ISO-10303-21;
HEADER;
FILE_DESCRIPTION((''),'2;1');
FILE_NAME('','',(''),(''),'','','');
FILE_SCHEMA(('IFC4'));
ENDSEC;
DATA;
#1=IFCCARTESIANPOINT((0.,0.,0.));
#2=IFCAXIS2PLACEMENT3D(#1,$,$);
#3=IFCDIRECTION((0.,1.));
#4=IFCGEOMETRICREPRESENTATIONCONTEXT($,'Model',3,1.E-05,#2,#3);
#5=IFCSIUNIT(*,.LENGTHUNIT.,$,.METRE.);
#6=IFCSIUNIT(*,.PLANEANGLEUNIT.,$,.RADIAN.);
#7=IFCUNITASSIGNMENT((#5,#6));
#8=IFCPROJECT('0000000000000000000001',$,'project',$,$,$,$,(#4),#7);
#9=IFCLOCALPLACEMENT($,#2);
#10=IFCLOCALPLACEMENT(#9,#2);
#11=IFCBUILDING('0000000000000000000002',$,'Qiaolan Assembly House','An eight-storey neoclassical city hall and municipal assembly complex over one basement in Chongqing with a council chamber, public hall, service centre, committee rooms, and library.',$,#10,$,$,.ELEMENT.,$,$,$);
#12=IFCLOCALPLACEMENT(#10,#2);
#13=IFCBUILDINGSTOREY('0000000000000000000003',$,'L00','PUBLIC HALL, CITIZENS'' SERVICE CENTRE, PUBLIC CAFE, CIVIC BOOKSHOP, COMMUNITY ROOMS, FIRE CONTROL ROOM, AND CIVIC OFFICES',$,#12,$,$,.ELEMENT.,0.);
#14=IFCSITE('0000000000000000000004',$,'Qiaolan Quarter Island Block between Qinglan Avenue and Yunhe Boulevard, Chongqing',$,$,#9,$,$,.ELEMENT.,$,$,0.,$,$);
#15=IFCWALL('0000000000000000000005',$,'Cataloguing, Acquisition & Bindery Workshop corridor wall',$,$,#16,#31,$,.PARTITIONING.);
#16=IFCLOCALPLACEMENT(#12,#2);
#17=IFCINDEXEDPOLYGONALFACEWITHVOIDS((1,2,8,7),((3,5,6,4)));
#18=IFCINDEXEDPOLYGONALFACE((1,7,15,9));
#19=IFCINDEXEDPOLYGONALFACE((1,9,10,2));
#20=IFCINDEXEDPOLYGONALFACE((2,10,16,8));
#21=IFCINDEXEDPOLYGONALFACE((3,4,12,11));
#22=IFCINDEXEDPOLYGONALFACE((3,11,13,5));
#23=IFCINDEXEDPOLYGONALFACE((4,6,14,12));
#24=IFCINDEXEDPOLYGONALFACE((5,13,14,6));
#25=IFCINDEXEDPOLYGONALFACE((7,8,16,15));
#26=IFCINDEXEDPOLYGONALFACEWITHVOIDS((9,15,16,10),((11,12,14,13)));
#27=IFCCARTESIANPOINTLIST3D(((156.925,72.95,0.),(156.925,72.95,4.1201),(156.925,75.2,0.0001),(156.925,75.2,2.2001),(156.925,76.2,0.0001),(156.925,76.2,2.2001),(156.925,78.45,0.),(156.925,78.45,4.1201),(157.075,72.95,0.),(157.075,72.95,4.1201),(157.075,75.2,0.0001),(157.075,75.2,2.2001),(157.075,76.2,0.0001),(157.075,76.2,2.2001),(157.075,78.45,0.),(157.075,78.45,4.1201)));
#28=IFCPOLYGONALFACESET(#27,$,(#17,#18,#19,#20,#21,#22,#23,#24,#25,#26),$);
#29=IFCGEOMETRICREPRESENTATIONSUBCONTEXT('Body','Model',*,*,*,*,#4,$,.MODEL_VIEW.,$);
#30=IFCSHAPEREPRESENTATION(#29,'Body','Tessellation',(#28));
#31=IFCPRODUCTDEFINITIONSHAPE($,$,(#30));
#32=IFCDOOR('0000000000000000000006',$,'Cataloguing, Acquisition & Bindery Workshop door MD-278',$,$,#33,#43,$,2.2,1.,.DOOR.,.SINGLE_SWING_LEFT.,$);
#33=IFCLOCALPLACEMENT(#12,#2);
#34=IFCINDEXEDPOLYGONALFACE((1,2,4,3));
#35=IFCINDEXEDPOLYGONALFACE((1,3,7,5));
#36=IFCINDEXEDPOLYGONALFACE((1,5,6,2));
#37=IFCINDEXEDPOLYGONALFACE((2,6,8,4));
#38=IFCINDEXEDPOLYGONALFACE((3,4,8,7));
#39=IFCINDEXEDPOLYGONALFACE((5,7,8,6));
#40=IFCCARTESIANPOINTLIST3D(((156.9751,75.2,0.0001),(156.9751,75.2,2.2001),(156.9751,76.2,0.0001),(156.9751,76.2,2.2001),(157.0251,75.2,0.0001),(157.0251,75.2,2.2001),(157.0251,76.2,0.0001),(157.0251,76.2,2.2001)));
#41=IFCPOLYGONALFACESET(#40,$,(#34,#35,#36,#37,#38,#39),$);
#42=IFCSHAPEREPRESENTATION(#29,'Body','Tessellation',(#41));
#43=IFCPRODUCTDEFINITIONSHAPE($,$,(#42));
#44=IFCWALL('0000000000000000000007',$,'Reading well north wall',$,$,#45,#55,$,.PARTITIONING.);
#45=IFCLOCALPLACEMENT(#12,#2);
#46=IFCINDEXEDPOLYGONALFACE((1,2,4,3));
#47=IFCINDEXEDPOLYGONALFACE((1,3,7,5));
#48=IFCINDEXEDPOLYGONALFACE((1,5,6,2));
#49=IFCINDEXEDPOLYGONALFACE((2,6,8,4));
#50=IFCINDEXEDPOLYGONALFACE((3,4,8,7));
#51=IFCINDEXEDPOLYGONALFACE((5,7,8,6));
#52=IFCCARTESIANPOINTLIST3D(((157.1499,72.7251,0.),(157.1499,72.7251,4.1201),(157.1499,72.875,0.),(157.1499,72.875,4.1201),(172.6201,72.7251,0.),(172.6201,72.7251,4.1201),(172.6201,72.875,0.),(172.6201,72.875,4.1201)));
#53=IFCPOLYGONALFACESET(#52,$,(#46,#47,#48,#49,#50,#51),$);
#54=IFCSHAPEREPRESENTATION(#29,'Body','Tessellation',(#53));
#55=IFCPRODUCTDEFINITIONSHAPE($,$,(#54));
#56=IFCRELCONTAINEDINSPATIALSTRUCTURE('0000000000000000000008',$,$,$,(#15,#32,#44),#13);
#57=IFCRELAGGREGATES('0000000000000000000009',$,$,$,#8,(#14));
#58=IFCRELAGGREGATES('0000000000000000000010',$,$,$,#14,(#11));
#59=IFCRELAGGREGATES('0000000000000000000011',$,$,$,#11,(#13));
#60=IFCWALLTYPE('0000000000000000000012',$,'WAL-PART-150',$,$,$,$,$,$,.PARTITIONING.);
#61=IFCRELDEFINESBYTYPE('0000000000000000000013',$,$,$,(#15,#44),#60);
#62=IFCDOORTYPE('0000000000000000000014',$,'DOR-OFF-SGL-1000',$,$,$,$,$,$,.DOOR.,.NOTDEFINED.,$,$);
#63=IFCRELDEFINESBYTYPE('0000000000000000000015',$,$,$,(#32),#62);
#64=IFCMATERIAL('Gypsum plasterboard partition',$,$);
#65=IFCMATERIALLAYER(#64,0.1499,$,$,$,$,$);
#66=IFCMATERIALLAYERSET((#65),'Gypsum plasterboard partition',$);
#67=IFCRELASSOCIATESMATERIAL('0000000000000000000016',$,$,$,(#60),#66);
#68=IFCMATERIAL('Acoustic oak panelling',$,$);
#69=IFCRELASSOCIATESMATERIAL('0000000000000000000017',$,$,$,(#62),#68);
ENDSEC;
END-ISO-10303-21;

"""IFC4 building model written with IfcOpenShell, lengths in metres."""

from ifc_helpers import new_model, si_unit, direction, frame, frame_2d, origin, place, context, subcontext, project, spatial, rectangle, extrude, material, layer, layer_set, type_object, element, fill, save


model = new_model("IFC4")

# Units and contexts
model_context = context("Model", 3, precision=1e-05, world=origin(), true_north=direction((0.0, 1.0)))
body_context = subcontext(model_context, "Body", "Model", "MODEL_VIEW")
ifc_project = project(units=[si_unit("LENGTHUNIT", "METRE"), si_unit("PLANEANGLEUNIT", "RADIAN")], contexts=[model_context])

# Site, building, storey
site_placement = place(None, origin())
site = spatial("IfcSite", under=ifc_project, at=site_placement, Name="Qiaolan Quarter Island Block between Qinglan Avenue and Yunhe Boulevard, Chongqing", CompositionType="ELEMENT", RefElevation=0.0)
building_placement = place(site_placement, origin())
building = spatial("IfcBuilding", under=site, at=building_placement, Name="Qiaolan Assembly House", Description="An eight-storey neoclassical city hall and municipal assembly complex over one basement in Chongqing with a council chamber, public hall, service centre, committee rooms, and library.", CompositionType="ELEMENT")
storey_placement = place(building_placement, origin())
storey = spatial("IfcBuildingStorey", under=building, at=storey_placement, Name="L00", Description="PUBLIC HALL, CITIZENS' SERVICE CENTRE, PUBLIC CAFE, CIVIC BOOKSHOP, COMMUNITY ROOMS, FIRE CONTROL ROOM, AND CIVIC OFFICES", CompositionType="ELEMENT", Elevation=0.0)

# Wall, opening, door
ifc_material_1 = material(Name="Gypsum plasterboard partition")
ifc_layer_1 = layer(ifc_material_1, 0.1499)
ifc_layer_set_1 = layer_set([ifc_layer_1], Name="Gypsum plasterboard partition")
wall_type_1 = type_object("IfcWallType", Name="WAL-PART-150", PredefinedType="PARTITIONING", material=ifc_layer_set_1)
ifc_material_2 = material(Name="Acoustic oak panelling")
wall_1_placement = place(storey_placement, frame((157.0, 72.95, 0.0), z_axis=(0.0, 0.0, 1.0), x_axis=(0.0, 1.0, 0.0)))
wall_1 = element("IfcWall", 1, at=wall_1_placement, inside=storey, type_object=wall_type_1, Name="Cataloguing, Acquisition & Bindery Workshop corridor wall", PredefinedType="PARTITIONING", context=body_context, shape_type="SweptSolid", body=[
    extrude(rectangle(XDim=5.5, YDim=0.1499, at=frame_2d((2.75, 0.0))), origin(), (0.0, 0.0, 1.0), 4.1201),
])
opening_1_placement = place(wall_1_placement, frame((2.25, 0.0, 0.0)))
opening_1 = element("IfcOpeningElement", 2, at=opening_1_placement, cuts=wall_1, PredefinedType="OPENING", context=body_context, shape_type="SweptSolid", body=[
    extrude(rectangle(XDim=1.0, YDim=2.2, at=frame_2d((0.5, 1.1001))), frame((0.0, 0.085, 0.0), z_axis=(0.0, -1.0, 0.0), x_axis=(1.0, 0.0, 0.0)), (0.0, 0.0, 1.0), 0.1699),
])
door_type_1 = type_object("IfcDoorType", Name="DOR-OFF-SGL-1000", OperationType="NOTDEFINED", PredefinedType="DOOR", material=ifc_material_2)
door_1_placement = place(opening_1_placement, origin())
door_1 = element("IfcDoor", 3, at=door_1_placement, inside=storey, type_object=door_type_1, Name="Cataloguing, Acquisition & Bindery Workshop door MD-278", OperationType="SINGLE_SWING_LEFT", OverallHeight=2.2, OverallWidth=1.0, PredefinedType="DOOR", context=body_context, shape_type="SweptSolid", body=[
    extrude(rectangle(XDim=1.0, YDim=2.2, at=frame_2d((0.5, 1.1001))), frame((0.0, 0.0249, 0.0), z_axis=(0.0, -1.0, 0.0), x_axis=(1.0, 0.0, 0.0)), (0.0, 0.0, 1.0), 0.05),
])
fill(opening_1, door_1)

# Wall
wall_2_placement = place(storey_placement, frame((157.1499, 72.8, 0.0), z_axis=(0.0, 0.0, 1.0), x_axis=(1.0, 0.0, 0.0)))
element("IfcWall", 4, at=wall_2_placement, inside=storey, type_object=wall_type_1, Name="Reading well north wall", PredefinedType="PARTITIONING", context=body_context, shape_type="SweptSolid", body=[
    extrude(rectangle(XDim=15.4702, YDim=0.1499, at=frame_2d((7.7351, 0.0))), origin(), (0.0, 0.0, 1.0), 4.1201),
])

save(model, "model.ifc")
